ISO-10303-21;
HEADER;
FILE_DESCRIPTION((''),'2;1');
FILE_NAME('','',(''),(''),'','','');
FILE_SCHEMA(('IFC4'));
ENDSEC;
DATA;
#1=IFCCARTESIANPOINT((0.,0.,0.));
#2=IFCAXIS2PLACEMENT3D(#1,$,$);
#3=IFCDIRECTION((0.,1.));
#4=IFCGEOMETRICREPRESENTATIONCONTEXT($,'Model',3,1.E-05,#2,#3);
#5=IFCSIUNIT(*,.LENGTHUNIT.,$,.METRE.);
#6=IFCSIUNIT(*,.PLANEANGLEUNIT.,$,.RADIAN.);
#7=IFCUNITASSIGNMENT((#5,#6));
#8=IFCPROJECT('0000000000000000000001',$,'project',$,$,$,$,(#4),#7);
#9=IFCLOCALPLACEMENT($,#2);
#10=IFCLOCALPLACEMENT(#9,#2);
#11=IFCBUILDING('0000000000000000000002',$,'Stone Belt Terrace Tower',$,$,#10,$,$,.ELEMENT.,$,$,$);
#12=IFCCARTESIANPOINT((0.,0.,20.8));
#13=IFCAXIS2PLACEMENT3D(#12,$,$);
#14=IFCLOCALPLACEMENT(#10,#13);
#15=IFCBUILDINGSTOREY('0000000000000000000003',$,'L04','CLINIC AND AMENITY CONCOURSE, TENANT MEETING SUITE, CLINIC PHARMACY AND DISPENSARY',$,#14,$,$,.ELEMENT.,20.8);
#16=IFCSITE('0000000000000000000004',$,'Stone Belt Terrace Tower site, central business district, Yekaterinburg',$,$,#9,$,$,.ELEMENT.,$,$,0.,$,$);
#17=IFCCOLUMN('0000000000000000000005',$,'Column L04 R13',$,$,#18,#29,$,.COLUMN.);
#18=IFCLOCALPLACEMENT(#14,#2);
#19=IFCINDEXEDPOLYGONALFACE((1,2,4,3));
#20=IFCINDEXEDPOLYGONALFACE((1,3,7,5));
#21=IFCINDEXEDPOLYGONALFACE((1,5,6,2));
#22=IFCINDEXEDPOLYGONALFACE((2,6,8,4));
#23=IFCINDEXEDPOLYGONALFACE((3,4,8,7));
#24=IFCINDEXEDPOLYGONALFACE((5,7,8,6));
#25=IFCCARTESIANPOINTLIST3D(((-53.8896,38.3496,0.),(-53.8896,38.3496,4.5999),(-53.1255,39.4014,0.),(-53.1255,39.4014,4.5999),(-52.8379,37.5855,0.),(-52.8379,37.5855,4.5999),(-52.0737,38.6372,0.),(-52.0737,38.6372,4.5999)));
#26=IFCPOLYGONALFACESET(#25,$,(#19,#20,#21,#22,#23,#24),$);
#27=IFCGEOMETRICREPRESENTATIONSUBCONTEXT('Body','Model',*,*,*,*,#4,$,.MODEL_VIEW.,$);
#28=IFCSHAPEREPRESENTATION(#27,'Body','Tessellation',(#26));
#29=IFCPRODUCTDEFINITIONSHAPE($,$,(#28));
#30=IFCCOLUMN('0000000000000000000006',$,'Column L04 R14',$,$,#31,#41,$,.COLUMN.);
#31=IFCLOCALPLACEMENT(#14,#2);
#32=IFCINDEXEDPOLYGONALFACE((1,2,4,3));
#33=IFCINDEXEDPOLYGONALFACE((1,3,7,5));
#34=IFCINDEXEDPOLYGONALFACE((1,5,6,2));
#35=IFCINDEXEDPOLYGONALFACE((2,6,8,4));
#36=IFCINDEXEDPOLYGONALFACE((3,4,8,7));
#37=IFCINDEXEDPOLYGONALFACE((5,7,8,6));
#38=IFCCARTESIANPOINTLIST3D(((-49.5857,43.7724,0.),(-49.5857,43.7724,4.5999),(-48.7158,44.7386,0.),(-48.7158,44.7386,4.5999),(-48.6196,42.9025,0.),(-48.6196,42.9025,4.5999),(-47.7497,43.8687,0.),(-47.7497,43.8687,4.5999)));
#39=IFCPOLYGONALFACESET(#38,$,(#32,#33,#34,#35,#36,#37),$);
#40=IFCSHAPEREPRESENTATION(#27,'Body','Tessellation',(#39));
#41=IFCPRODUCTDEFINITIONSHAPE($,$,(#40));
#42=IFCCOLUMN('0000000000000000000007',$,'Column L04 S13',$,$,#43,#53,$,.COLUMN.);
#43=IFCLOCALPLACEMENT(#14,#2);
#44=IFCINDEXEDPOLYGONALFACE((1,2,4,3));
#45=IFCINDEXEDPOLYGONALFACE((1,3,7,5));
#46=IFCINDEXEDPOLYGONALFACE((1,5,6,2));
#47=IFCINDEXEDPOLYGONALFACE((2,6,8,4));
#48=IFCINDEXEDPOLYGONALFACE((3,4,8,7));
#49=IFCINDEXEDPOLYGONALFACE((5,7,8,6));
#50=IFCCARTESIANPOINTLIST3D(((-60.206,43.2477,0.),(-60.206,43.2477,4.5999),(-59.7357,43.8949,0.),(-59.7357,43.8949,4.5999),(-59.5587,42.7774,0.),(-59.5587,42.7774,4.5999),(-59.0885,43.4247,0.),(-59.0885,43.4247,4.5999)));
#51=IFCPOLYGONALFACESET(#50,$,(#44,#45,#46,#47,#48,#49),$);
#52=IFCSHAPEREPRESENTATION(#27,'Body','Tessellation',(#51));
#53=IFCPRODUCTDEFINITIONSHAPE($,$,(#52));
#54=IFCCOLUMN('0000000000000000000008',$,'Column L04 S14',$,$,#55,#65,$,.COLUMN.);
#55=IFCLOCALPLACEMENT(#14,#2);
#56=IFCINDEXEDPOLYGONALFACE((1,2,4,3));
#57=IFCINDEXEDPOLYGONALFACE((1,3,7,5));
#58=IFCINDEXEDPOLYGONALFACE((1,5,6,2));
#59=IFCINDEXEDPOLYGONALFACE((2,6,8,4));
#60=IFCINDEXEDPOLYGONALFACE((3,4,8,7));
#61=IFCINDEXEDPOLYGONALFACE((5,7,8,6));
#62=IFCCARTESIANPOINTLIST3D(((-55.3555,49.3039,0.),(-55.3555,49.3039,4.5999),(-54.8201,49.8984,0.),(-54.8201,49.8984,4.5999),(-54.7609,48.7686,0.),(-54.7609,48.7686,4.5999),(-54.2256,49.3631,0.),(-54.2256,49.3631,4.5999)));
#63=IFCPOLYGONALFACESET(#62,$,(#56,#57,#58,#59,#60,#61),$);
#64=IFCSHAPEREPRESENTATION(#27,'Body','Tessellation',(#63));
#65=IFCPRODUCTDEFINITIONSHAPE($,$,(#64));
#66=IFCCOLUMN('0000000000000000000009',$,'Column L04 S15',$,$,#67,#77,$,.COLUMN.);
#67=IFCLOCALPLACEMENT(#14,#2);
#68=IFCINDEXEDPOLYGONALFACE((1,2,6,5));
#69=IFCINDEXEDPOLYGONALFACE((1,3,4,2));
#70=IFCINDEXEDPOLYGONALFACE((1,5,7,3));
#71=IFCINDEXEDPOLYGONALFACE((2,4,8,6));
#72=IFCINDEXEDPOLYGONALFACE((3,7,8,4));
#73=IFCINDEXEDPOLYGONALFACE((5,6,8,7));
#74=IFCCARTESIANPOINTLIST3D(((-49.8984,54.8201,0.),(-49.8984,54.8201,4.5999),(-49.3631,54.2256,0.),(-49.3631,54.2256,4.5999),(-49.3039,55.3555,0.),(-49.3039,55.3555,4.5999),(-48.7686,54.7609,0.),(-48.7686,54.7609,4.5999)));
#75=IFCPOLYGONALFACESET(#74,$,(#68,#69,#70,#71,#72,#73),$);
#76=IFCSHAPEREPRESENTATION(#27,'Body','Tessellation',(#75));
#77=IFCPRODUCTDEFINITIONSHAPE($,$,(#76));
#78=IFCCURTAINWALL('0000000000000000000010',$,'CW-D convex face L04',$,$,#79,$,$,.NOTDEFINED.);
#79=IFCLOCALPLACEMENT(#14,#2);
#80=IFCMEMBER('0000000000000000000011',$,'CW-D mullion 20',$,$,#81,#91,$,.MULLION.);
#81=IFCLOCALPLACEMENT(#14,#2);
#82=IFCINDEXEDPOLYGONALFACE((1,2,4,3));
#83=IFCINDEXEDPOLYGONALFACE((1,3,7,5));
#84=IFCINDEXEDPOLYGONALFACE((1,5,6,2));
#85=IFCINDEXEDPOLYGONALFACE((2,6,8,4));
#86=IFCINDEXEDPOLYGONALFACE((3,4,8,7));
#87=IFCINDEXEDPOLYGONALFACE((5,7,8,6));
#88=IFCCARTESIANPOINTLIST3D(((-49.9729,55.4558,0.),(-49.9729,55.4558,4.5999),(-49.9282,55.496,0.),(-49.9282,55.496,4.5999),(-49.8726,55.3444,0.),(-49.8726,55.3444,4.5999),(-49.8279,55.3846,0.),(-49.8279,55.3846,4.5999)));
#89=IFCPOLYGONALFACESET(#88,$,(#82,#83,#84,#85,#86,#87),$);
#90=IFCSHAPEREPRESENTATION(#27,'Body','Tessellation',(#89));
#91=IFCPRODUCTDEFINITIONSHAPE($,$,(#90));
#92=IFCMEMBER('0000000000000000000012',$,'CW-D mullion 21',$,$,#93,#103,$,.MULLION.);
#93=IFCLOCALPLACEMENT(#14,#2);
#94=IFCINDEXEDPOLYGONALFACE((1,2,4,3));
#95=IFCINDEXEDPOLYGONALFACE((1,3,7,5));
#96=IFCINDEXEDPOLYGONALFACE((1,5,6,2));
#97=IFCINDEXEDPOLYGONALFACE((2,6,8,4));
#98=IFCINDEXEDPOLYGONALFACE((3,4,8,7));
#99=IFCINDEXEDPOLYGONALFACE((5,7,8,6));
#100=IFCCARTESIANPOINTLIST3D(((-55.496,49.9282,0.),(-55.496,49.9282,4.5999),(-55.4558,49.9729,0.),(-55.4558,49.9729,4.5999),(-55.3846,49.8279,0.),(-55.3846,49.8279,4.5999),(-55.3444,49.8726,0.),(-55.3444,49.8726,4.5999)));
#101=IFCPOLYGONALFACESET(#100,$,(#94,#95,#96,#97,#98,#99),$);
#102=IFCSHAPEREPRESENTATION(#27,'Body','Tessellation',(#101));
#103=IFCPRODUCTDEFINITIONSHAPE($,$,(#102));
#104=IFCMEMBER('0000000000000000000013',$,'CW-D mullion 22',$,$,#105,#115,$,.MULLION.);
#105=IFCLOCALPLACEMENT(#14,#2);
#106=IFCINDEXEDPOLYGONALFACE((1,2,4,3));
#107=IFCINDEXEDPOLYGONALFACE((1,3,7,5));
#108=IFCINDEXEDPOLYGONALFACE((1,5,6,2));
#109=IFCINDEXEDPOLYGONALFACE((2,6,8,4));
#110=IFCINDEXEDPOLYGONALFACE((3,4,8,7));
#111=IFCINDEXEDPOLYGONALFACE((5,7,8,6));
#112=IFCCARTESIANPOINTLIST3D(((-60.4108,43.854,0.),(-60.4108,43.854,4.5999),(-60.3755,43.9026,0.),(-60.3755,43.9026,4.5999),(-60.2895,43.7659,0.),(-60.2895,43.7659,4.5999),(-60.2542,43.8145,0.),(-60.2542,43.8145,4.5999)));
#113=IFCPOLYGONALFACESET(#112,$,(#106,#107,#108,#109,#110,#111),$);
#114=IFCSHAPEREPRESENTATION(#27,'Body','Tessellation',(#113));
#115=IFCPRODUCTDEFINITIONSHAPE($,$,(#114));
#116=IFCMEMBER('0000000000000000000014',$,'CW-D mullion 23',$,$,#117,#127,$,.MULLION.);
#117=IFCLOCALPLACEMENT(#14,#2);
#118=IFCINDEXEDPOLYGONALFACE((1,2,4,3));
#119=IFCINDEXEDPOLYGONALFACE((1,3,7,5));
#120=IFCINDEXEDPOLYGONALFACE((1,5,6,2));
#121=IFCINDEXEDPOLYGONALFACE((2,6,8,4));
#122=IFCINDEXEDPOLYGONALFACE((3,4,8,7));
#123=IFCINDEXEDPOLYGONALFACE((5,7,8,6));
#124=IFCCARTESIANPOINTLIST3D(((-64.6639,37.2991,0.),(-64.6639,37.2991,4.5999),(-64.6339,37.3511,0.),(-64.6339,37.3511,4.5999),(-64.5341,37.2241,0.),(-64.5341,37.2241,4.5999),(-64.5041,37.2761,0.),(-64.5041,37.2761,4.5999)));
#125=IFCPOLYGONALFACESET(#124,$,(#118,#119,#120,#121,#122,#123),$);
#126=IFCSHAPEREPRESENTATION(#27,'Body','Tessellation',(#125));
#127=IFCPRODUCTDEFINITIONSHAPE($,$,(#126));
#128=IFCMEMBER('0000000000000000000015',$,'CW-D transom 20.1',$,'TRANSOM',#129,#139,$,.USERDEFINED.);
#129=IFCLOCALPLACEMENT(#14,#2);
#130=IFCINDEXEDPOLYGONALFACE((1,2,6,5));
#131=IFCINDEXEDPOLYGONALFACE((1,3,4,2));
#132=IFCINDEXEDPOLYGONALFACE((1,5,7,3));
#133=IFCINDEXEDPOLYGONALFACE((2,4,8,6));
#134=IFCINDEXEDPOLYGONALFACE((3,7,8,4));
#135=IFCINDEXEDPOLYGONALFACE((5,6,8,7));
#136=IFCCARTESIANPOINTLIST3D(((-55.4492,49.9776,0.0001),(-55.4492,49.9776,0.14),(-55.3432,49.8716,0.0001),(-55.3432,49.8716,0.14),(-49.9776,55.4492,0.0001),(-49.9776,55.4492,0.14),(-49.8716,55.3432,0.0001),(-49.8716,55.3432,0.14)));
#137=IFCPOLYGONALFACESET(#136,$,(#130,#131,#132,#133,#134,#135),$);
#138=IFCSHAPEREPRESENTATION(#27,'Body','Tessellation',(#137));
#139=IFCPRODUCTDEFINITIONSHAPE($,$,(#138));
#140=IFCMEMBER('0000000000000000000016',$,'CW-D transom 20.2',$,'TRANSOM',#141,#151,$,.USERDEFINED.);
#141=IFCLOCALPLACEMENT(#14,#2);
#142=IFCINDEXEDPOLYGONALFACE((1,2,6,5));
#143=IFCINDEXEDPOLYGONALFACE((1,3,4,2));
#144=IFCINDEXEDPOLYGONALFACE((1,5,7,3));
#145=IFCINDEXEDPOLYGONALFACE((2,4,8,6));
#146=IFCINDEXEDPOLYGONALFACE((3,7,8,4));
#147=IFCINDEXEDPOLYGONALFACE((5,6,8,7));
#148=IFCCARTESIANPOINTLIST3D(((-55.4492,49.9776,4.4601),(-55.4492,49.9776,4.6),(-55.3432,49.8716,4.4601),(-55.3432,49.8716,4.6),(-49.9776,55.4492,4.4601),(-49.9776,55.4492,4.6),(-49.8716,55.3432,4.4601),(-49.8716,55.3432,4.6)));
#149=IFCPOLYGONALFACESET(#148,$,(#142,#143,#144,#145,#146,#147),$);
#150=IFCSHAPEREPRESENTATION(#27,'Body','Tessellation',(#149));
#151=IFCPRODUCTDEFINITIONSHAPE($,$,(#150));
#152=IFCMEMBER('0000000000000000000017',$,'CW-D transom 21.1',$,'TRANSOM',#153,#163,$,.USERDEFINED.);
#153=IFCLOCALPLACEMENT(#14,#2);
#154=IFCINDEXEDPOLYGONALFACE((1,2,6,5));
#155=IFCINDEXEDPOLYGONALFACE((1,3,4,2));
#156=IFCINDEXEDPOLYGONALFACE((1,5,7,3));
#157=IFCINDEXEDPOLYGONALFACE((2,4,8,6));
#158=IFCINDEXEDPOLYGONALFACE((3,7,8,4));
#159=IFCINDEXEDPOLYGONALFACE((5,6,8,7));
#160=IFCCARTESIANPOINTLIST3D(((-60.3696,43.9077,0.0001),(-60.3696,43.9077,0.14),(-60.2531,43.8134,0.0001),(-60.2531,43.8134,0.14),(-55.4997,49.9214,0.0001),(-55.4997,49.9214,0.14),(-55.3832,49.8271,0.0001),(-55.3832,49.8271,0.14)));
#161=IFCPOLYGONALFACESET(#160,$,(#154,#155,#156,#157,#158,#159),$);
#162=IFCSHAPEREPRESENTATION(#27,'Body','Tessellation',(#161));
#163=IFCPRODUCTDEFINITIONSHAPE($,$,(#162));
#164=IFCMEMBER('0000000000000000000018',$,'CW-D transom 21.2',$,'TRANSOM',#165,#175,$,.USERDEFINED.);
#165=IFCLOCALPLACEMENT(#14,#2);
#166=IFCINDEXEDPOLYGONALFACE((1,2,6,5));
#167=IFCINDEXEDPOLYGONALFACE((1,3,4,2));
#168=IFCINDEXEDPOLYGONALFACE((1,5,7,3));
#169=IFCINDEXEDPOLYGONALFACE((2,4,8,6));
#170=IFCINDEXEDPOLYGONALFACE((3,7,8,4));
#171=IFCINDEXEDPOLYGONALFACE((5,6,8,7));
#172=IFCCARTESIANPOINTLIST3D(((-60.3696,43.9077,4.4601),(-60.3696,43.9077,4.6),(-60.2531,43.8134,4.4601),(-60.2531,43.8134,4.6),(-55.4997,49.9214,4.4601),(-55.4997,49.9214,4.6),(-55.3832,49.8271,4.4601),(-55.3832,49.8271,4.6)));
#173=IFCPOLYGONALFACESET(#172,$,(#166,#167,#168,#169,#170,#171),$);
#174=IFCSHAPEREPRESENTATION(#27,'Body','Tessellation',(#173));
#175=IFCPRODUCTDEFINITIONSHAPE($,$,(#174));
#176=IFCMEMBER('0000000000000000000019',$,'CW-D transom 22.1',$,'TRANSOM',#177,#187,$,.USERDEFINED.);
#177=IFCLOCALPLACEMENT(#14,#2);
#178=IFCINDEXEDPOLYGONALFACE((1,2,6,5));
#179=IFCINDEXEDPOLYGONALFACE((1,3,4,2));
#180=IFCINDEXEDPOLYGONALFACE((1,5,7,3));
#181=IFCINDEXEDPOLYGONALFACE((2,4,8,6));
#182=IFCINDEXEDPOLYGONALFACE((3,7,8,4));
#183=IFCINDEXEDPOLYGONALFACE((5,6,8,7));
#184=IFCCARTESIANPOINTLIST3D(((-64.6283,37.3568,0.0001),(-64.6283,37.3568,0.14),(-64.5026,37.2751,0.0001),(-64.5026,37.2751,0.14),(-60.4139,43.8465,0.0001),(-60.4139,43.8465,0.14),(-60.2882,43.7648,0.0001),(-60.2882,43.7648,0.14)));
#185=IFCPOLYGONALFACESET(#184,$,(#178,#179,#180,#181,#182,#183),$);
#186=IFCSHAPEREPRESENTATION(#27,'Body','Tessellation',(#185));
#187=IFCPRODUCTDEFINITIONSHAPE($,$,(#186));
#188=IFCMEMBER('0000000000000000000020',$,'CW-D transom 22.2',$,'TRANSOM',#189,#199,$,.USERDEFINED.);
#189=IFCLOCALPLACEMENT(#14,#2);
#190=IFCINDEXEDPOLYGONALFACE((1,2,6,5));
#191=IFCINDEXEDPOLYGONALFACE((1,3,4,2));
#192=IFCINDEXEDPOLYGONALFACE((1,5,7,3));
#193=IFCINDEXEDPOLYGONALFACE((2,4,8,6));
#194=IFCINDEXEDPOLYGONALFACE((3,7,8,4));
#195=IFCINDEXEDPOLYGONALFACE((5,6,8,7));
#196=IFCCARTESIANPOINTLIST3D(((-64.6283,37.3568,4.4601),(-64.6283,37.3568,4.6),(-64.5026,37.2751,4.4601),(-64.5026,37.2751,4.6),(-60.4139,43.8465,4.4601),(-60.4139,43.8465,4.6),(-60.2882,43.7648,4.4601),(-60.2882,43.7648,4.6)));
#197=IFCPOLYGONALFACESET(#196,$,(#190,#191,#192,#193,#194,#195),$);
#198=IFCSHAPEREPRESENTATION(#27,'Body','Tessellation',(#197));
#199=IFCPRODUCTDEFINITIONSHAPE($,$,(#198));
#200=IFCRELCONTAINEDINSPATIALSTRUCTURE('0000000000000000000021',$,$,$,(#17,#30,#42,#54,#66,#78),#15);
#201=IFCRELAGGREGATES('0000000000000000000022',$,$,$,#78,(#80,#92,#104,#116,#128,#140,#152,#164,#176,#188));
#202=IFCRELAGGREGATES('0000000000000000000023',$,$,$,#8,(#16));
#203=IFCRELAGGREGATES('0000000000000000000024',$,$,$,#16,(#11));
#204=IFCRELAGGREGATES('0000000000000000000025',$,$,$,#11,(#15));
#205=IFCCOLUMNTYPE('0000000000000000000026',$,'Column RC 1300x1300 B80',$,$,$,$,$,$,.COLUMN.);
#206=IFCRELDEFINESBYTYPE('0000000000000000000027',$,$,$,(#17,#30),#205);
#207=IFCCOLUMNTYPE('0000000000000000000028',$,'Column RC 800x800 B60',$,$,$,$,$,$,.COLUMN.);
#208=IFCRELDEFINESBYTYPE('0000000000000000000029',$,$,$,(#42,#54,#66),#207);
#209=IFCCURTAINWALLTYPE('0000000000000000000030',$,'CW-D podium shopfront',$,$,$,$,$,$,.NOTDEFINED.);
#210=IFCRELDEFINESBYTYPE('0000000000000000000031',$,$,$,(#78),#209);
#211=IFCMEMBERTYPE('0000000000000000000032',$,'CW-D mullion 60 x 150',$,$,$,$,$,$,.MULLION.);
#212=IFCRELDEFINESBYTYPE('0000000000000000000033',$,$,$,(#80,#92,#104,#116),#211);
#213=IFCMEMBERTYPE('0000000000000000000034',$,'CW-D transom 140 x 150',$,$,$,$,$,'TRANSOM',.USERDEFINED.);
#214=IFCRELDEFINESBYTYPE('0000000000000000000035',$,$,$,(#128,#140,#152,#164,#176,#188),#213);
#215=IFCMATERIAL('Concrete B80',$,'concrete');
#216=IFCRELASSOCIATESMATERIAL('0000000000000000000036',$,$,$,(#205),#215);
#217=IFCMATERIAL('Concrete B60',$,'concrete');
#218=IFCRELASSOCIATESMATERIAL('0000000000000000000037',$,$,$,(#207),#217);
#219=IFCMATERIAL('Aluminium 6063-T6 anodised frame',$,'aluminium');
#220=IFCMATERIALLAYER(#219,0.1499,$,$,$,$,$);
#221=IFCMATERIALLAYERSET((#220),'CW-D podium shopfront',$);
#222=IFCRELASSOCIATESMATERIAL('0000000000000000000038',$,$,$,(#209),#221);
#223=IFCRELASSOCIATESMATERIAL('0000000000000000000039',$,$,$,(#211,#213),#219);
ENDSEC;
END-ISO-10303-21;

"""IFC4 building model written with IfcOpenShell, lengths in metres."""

from ifc_helpers import new_model, si_unit, direction, frame, origin, origin_2d, place, context, subcontext, project, spatial, rectangle, extrude, material, layer, layer_set, material_profile, profile_set, type_object, element, aggregate, save


model = new_model("IFC4")

# Units and contexts
model_context = context("Model", 3, precision=1e-05, world=origin(), true_north=direction((0.0, 1.0)))
body_context = subcontext(model_context, "Body", "Model", "MODEL_VIEW")
ifc_project = project(units=[si_unit("LENGTHUNIT", "METRE"), si_unit("PLANEANGLEUNIT", "RADIAN")], contexts=[model_context])

# Site, building, storey
site_placement = place(None, origin())
site = spatial("IfcSite", under=ifc_project, at=site_placement, Name="Stone Belt Terrace Tower site, central business district, Yekaterinburg", CompositionType="ELEMENT", RefElevation=0.0)
building_placement = place(site_placement, origin())
building = spatial("IfcBuilding", under=site, at=building_placement, Name="Stone Belt Terrace Tower", CompositionType="ELEMENT")
storey_placement = place(building_placement, frame((0.0, 0.0, 20.8)))
storey = spatial("IfcBuildingStorey", under=building, at=storey_placement, Name="L04", Description="CLINIC AND AMENITY CONCOURSE, TENANT MEETING SUITE, CLINIC PHARMACY AND DISPENSARY", CompositionType="ELEMENT", Elevation=20.8)

# Columns
ifc_material_1 = material(Name="Concrete B80", Category="concrete")
ifc_material_profile_1 = material_profile(ifc_material_1, rectangle(XDim=1.3, YDim=1.3, at=origin_2d()), Name="RC 1300x1300")
ifc_profile_set_1 = profile_set([ifc_material_profile_1], Name="Concrete B80")
column_type_1 = type_object("IfcColumnType", Name="Column RC 1300x1300 B80", PredefinedType="COLUMN", material=ifc_profile_set_1)
for number, where, z_axis, x_axis, name in (
    (1, (-52.9817, 38.4934, 0.0), (0.0, 0.0, 1.0), (0.587785, 0.809017, 0.0), "Column L04 R13"),
    (2, (-48.6677, 43.8206, 0.0), (0.0, 0.0, 1.0), (0.669131, 0.743145, 0.0), "Column L04 R14"),
):
    element("IfcColumn", number, at=place(storey_placement, frame(where, z_axis=z_axis, x_axis=x_axis)), inside=storey, type_object=column_type_1, Name=name, PredefinedType="COLUMN", context=body_context, shape_type="SweptSolid", body=[
        extrude(rectangle(XDim=1.3, YDim=1.3, at=origin_2d()), origin(), (0.0, 0.0, 1.0), 4.5999),
    ])
ifc_material_2 = material(Name="Concrete B60", Category="concrete")
ifc_material_profile_2 = material_profile(ifc_material_2, rectangle(XDim=0.8, YDim=0.8, at=origin_2d()), Name="RC 800x800")
ifc_profile_set_2 = profile_set([ifc_material_profile_2], Name="Concrete B60")
column_type_2 = type_object("IfcColumnType", Name="Column RC 800x800 B60", PredefinedType="COLUMN", material=ifc_profile_set_2)
for number, where, z_axis, x_axis, name in (
    (3, (-59.6472, 43.3362, 0.0), (0.0, 0.0, 1.0), (0.587785, 0.809017, 0.0), "Column L04 S13"),
    (4, (-54.7905, 49.3335, 0.0), (0.0, 0.0, 1.0), (0.669131, 0.743145, 0.0), "Column L04 S14"),
    (5, (-49.3335, 54.7905, 0.0), (0.0, 0.0, 1.0), (0.743145, 0.669131, 0.0), "Column L04 S15"),
):
    element("IfcColumn", number, at=place(storey_placement, frame(where, z_axis=z_axis, x_axis=x_axis)), inside=storey, type_object=column_type_2, Name=name, PredefinedType="COLUMN", context=body_context, shape_type="SweptSolid", body=[
        extrude(rectangle(XDim=0.8, YDim=0.8, at=origin_2d()), origin(), (0.0, 0.0, 1.0), 4.5999),
    ])

# Curtain wall, members
ifc_material_3 = material(Name="Aluminium 6063-T6 anodised frame", Category="aluminium")
ifc_layer_1 = layer(ifc_material_3, 0.1499)
ifc_layer_set_1 = layer_set([ifc_layer_1], Name="CW-D podium shopfront")
curtain_wall_type = type_object("IfcCurtainWallType", Name="CW-D podium shopfront", PredefinedType="NOTDEFINED", material=ifc_layer_set_1)
curtain_wall_placement = place(storey_placement, origin())
curtain_wall = element("IfcCurtainWall", 6, at=curtain_wall_placement, inside=storey, type_object=curtain_wall_type, Name="CW-D convex face L04", PredefinedType="NOTDEFINED")
ifc_material_profile_3 = material_profile(ifc_material_3, rectangle(XDim=0.1499, YDim=0.0601, at=origin_2d()), Name="Aluminium 6063-T6 60x150")
ifc_profile_set_3 = profile_set([ifc_material_profile_3], Name="Aluminium 6063-T6 anodised frame")
member_type_1 = type_object("IfcMemberType", Name="CW-D mullion 60 x 150", PredefinedType="MULLION", material=ifc_profile_set_3)
member_1_placement = place(storey_placement, frame((-49.9004, 55.4202, 0.0), z_axis=(0.0, 0.0, 1.0), x_axis=(0.669131, -0.743145, 0.0)))
member_1 = element("IfcMember", 7, at=member_1_placement, type_object=member_type_1, Name="CW-D mullion 20", PredefinedType="MULLION", context=body_context, shape_type="SweptSolid", body=[
    extrude(rectangle(XDim=0.1499, YDim=0.0601, at=origin_2d()), origin(), (0.0, 0.0, 1.0), 4.5999),
])
member_2_placement = place(storey_placement, frame((-55.4202, 49.9004, 0.0), z_axis=(0.0, 0.0, 1.0), x_axis=(0.743145, -0.669131, 0.0)))
member_2 = element("IfcMember", 8, at=member_2_placement, type_object=member_type_1, Name="CW-D mullion 21", PredefinedType="MULLION", context=body_context, shape_type="SweptSolid", body=[
    extrude(rectangle(XDim=0.1499, YDim=0.0601, at=origin_2d()), origin(), (0.0, 0.0, 1.0), 4.5999),
])
member_3_placement = place(storey_placement, frame((-60.3325, 43.8342, 0.0), z_axis=(0.0, 0.0, 1.0), x_axis=(0.809017, -0.587785, 0.0)))
member_3 = element("IfcMember", 9, at=member_3_placement, type_object=member_type_1, Name="CW-D mullion 22", PredefinedType="MULLION", context=body_context, shape_type="SweptSolid", body=[
    extrude(rectangle(XDim=0.1499, YDim=0.0601, at=origin_2d()), origin(), (0.0, 0.0, 1.0), 4.5999),
])
member_4_placement = place(storey_placement, frame((-64.584, 37.2876, 0.0), z_axis=(0.0, 0.0, 1.0), x_axis=(0.866025, -0.5, 0.0)))
member_4 = element("IfcMember", 10, at=member_4_placement, type_object=member_type_1, Name="CW-D mullion 23", PredefinedType="MULLION", context=body_context, shape_type="SweptSolid", body=[
    extrude(rectangle(XDim=0.1499, YDim=0.0601, at=origin_2d()), origin(), (0.0, 0.0, 1.0), 4.5999),
])
ifc_material_profile_4 = material_profile(ifc_material_3, rectangle(XDim=0.1499, YDim=0.1399, at=origin_2d()), Name="Aluminium 6063-T6 150x140")
ifc_profile_set_4 = profile_set([ifc_material_profile_4], Name="Aluminium 6063-T6 anodised frame")
member_type_2 = type_object("IfcMemberType", Name="CW-D transom 140 x 150", ElementType="TRANSOM", PredefinedType="USERDEFINED", material=ifc_profile_set_4)
member_5_placement = place(storey_placement, frame((-49.9246, 55.3962, 0.0701), z_axis=(-0.707107, -0.707107, 0.0), x_axis=(0.707107, -0.707107, 0.0)))
member_5 = element("IfcMember", 11, at=member_5_placement, type_object=member_type_2, Name="CW-D transom 20.1", ObjectType="TRANSOM", PredefinedType="USERDEFINED", context=body_context, shape_type="SweptSolid", body=[
    extrude(rectangle(XDim=0.1499, YDim=0.1399, at=origin_2d()), origin(), (0.0, 0.0, 1.0), 7.738),
])
member_6_placement = place(storey_placement, frame((-49.9246, 55.3962, 4.53), z_axis=(-0.707107, -0.707107, 0.0), x_axis=(0.707107, -0.707107, 0.0)))
member_6 = element("IfcMember", 12, at=member_6_placement, type_object=member_type_2, Name="CW-D transom 20.2", ObjectType="TRANSOM", PredefinedType="USERDEFINED", context=body_context, shape_type="SweptSolid", body=[
    extrude(rectangle(XDim=0.1499, YDim=0.1399, at=origin_2d()), origin(), (0.0, 0.0, 1.0), 7.738),
])
member_7_placement = place(storey_placement, frame((-55.4414, 49.8743, 0.0701), z_axis=(-0.629328, -0.77714, 0.0), x_axis=(0.77714, -0.629328, 0.0)))
member_7 = element("IfcMember", 13, at=member_7_placement, type_object=member_type_2, Name="CW-D transom 21.1", ObjectType="TRANSOM", PredefinedType="USERDEFINED", context=body_context, shape_type="SweptSolid", body=[
    extrude(rectangle(XDim=0.1499, YDim=0.1399, at=origin_2d()), origin(), (0.0, 0.0, 1.0), 7.7383),
])
member_8_placement = place(storey_placement, frame((-55.4414, 49.8743, 4.53), z_axis=(-0.629328, -0.77714, 0.0), x_axis=(0.77714, -0.629328, 0.0)))
member_8 = element("IfcMember", 14, at=member_8_placement, type_object=member_type_2, Name="CW-D transom 21.2", ObjectType="TRANSOM", PredefinedType="USERDEFINED", context=body_context, shape_type="SweptSolid", body=[
    extrude(rectangle(XDim=0.1499, YDim=0.1399, at=origin_2d()), origin(), (0.0, 0.0, 1.0), 7.7383),
])
member_9_placement = place(storey_placement, frame((-60.3511, 43.8057, 0.0701), z_axis=(-0.544627, -0.838679, 0.0), x_axis=(0.838679, -0.544627, 0.0)))
member_9 = element("IfcMember", 15, at=member_9_placement, type_object=member_type_2, Name="CW-D transom 22.1", ObjectType="TRANSOM", PredefinedType="USERDEFINED", context=body_context, shape_type="SweptSolid", body=[
    extrude(rectangle(XDim=0.1499, YDim=0.1399, at=origin_2d()), origin(), (0.0, 0.0, 1.0), 7.738),
])
member_10_placement = place(storey_placement, frame((-60.3511, 43.8057, 4.53), z_axis=(-0.544627, -0.838679, 0.0), x_axis=(0.838679, -0.544627, 0.0)))
member_10 = element("IfcMember", 16, at=member_10_placement, type_object=member_type_2, Name="CW-D transom 22.2", ObjectType="TRANSOM", PredefinedType="USERDEFINED", context=body_context, shape_type="SweptSolid", body=[
    extrude(rectangle(XDim=0.1499, YDim=0.1399, at=origin_2d()), origin(), (0.0, 0.0, 1.0), 7.738),
])
aggregate(curtain_wall, [member_1, member_2, member_3, member_4, member_5, member_6, member_7, member_8, member_9, member_10])

save(model, "model.ifc")
